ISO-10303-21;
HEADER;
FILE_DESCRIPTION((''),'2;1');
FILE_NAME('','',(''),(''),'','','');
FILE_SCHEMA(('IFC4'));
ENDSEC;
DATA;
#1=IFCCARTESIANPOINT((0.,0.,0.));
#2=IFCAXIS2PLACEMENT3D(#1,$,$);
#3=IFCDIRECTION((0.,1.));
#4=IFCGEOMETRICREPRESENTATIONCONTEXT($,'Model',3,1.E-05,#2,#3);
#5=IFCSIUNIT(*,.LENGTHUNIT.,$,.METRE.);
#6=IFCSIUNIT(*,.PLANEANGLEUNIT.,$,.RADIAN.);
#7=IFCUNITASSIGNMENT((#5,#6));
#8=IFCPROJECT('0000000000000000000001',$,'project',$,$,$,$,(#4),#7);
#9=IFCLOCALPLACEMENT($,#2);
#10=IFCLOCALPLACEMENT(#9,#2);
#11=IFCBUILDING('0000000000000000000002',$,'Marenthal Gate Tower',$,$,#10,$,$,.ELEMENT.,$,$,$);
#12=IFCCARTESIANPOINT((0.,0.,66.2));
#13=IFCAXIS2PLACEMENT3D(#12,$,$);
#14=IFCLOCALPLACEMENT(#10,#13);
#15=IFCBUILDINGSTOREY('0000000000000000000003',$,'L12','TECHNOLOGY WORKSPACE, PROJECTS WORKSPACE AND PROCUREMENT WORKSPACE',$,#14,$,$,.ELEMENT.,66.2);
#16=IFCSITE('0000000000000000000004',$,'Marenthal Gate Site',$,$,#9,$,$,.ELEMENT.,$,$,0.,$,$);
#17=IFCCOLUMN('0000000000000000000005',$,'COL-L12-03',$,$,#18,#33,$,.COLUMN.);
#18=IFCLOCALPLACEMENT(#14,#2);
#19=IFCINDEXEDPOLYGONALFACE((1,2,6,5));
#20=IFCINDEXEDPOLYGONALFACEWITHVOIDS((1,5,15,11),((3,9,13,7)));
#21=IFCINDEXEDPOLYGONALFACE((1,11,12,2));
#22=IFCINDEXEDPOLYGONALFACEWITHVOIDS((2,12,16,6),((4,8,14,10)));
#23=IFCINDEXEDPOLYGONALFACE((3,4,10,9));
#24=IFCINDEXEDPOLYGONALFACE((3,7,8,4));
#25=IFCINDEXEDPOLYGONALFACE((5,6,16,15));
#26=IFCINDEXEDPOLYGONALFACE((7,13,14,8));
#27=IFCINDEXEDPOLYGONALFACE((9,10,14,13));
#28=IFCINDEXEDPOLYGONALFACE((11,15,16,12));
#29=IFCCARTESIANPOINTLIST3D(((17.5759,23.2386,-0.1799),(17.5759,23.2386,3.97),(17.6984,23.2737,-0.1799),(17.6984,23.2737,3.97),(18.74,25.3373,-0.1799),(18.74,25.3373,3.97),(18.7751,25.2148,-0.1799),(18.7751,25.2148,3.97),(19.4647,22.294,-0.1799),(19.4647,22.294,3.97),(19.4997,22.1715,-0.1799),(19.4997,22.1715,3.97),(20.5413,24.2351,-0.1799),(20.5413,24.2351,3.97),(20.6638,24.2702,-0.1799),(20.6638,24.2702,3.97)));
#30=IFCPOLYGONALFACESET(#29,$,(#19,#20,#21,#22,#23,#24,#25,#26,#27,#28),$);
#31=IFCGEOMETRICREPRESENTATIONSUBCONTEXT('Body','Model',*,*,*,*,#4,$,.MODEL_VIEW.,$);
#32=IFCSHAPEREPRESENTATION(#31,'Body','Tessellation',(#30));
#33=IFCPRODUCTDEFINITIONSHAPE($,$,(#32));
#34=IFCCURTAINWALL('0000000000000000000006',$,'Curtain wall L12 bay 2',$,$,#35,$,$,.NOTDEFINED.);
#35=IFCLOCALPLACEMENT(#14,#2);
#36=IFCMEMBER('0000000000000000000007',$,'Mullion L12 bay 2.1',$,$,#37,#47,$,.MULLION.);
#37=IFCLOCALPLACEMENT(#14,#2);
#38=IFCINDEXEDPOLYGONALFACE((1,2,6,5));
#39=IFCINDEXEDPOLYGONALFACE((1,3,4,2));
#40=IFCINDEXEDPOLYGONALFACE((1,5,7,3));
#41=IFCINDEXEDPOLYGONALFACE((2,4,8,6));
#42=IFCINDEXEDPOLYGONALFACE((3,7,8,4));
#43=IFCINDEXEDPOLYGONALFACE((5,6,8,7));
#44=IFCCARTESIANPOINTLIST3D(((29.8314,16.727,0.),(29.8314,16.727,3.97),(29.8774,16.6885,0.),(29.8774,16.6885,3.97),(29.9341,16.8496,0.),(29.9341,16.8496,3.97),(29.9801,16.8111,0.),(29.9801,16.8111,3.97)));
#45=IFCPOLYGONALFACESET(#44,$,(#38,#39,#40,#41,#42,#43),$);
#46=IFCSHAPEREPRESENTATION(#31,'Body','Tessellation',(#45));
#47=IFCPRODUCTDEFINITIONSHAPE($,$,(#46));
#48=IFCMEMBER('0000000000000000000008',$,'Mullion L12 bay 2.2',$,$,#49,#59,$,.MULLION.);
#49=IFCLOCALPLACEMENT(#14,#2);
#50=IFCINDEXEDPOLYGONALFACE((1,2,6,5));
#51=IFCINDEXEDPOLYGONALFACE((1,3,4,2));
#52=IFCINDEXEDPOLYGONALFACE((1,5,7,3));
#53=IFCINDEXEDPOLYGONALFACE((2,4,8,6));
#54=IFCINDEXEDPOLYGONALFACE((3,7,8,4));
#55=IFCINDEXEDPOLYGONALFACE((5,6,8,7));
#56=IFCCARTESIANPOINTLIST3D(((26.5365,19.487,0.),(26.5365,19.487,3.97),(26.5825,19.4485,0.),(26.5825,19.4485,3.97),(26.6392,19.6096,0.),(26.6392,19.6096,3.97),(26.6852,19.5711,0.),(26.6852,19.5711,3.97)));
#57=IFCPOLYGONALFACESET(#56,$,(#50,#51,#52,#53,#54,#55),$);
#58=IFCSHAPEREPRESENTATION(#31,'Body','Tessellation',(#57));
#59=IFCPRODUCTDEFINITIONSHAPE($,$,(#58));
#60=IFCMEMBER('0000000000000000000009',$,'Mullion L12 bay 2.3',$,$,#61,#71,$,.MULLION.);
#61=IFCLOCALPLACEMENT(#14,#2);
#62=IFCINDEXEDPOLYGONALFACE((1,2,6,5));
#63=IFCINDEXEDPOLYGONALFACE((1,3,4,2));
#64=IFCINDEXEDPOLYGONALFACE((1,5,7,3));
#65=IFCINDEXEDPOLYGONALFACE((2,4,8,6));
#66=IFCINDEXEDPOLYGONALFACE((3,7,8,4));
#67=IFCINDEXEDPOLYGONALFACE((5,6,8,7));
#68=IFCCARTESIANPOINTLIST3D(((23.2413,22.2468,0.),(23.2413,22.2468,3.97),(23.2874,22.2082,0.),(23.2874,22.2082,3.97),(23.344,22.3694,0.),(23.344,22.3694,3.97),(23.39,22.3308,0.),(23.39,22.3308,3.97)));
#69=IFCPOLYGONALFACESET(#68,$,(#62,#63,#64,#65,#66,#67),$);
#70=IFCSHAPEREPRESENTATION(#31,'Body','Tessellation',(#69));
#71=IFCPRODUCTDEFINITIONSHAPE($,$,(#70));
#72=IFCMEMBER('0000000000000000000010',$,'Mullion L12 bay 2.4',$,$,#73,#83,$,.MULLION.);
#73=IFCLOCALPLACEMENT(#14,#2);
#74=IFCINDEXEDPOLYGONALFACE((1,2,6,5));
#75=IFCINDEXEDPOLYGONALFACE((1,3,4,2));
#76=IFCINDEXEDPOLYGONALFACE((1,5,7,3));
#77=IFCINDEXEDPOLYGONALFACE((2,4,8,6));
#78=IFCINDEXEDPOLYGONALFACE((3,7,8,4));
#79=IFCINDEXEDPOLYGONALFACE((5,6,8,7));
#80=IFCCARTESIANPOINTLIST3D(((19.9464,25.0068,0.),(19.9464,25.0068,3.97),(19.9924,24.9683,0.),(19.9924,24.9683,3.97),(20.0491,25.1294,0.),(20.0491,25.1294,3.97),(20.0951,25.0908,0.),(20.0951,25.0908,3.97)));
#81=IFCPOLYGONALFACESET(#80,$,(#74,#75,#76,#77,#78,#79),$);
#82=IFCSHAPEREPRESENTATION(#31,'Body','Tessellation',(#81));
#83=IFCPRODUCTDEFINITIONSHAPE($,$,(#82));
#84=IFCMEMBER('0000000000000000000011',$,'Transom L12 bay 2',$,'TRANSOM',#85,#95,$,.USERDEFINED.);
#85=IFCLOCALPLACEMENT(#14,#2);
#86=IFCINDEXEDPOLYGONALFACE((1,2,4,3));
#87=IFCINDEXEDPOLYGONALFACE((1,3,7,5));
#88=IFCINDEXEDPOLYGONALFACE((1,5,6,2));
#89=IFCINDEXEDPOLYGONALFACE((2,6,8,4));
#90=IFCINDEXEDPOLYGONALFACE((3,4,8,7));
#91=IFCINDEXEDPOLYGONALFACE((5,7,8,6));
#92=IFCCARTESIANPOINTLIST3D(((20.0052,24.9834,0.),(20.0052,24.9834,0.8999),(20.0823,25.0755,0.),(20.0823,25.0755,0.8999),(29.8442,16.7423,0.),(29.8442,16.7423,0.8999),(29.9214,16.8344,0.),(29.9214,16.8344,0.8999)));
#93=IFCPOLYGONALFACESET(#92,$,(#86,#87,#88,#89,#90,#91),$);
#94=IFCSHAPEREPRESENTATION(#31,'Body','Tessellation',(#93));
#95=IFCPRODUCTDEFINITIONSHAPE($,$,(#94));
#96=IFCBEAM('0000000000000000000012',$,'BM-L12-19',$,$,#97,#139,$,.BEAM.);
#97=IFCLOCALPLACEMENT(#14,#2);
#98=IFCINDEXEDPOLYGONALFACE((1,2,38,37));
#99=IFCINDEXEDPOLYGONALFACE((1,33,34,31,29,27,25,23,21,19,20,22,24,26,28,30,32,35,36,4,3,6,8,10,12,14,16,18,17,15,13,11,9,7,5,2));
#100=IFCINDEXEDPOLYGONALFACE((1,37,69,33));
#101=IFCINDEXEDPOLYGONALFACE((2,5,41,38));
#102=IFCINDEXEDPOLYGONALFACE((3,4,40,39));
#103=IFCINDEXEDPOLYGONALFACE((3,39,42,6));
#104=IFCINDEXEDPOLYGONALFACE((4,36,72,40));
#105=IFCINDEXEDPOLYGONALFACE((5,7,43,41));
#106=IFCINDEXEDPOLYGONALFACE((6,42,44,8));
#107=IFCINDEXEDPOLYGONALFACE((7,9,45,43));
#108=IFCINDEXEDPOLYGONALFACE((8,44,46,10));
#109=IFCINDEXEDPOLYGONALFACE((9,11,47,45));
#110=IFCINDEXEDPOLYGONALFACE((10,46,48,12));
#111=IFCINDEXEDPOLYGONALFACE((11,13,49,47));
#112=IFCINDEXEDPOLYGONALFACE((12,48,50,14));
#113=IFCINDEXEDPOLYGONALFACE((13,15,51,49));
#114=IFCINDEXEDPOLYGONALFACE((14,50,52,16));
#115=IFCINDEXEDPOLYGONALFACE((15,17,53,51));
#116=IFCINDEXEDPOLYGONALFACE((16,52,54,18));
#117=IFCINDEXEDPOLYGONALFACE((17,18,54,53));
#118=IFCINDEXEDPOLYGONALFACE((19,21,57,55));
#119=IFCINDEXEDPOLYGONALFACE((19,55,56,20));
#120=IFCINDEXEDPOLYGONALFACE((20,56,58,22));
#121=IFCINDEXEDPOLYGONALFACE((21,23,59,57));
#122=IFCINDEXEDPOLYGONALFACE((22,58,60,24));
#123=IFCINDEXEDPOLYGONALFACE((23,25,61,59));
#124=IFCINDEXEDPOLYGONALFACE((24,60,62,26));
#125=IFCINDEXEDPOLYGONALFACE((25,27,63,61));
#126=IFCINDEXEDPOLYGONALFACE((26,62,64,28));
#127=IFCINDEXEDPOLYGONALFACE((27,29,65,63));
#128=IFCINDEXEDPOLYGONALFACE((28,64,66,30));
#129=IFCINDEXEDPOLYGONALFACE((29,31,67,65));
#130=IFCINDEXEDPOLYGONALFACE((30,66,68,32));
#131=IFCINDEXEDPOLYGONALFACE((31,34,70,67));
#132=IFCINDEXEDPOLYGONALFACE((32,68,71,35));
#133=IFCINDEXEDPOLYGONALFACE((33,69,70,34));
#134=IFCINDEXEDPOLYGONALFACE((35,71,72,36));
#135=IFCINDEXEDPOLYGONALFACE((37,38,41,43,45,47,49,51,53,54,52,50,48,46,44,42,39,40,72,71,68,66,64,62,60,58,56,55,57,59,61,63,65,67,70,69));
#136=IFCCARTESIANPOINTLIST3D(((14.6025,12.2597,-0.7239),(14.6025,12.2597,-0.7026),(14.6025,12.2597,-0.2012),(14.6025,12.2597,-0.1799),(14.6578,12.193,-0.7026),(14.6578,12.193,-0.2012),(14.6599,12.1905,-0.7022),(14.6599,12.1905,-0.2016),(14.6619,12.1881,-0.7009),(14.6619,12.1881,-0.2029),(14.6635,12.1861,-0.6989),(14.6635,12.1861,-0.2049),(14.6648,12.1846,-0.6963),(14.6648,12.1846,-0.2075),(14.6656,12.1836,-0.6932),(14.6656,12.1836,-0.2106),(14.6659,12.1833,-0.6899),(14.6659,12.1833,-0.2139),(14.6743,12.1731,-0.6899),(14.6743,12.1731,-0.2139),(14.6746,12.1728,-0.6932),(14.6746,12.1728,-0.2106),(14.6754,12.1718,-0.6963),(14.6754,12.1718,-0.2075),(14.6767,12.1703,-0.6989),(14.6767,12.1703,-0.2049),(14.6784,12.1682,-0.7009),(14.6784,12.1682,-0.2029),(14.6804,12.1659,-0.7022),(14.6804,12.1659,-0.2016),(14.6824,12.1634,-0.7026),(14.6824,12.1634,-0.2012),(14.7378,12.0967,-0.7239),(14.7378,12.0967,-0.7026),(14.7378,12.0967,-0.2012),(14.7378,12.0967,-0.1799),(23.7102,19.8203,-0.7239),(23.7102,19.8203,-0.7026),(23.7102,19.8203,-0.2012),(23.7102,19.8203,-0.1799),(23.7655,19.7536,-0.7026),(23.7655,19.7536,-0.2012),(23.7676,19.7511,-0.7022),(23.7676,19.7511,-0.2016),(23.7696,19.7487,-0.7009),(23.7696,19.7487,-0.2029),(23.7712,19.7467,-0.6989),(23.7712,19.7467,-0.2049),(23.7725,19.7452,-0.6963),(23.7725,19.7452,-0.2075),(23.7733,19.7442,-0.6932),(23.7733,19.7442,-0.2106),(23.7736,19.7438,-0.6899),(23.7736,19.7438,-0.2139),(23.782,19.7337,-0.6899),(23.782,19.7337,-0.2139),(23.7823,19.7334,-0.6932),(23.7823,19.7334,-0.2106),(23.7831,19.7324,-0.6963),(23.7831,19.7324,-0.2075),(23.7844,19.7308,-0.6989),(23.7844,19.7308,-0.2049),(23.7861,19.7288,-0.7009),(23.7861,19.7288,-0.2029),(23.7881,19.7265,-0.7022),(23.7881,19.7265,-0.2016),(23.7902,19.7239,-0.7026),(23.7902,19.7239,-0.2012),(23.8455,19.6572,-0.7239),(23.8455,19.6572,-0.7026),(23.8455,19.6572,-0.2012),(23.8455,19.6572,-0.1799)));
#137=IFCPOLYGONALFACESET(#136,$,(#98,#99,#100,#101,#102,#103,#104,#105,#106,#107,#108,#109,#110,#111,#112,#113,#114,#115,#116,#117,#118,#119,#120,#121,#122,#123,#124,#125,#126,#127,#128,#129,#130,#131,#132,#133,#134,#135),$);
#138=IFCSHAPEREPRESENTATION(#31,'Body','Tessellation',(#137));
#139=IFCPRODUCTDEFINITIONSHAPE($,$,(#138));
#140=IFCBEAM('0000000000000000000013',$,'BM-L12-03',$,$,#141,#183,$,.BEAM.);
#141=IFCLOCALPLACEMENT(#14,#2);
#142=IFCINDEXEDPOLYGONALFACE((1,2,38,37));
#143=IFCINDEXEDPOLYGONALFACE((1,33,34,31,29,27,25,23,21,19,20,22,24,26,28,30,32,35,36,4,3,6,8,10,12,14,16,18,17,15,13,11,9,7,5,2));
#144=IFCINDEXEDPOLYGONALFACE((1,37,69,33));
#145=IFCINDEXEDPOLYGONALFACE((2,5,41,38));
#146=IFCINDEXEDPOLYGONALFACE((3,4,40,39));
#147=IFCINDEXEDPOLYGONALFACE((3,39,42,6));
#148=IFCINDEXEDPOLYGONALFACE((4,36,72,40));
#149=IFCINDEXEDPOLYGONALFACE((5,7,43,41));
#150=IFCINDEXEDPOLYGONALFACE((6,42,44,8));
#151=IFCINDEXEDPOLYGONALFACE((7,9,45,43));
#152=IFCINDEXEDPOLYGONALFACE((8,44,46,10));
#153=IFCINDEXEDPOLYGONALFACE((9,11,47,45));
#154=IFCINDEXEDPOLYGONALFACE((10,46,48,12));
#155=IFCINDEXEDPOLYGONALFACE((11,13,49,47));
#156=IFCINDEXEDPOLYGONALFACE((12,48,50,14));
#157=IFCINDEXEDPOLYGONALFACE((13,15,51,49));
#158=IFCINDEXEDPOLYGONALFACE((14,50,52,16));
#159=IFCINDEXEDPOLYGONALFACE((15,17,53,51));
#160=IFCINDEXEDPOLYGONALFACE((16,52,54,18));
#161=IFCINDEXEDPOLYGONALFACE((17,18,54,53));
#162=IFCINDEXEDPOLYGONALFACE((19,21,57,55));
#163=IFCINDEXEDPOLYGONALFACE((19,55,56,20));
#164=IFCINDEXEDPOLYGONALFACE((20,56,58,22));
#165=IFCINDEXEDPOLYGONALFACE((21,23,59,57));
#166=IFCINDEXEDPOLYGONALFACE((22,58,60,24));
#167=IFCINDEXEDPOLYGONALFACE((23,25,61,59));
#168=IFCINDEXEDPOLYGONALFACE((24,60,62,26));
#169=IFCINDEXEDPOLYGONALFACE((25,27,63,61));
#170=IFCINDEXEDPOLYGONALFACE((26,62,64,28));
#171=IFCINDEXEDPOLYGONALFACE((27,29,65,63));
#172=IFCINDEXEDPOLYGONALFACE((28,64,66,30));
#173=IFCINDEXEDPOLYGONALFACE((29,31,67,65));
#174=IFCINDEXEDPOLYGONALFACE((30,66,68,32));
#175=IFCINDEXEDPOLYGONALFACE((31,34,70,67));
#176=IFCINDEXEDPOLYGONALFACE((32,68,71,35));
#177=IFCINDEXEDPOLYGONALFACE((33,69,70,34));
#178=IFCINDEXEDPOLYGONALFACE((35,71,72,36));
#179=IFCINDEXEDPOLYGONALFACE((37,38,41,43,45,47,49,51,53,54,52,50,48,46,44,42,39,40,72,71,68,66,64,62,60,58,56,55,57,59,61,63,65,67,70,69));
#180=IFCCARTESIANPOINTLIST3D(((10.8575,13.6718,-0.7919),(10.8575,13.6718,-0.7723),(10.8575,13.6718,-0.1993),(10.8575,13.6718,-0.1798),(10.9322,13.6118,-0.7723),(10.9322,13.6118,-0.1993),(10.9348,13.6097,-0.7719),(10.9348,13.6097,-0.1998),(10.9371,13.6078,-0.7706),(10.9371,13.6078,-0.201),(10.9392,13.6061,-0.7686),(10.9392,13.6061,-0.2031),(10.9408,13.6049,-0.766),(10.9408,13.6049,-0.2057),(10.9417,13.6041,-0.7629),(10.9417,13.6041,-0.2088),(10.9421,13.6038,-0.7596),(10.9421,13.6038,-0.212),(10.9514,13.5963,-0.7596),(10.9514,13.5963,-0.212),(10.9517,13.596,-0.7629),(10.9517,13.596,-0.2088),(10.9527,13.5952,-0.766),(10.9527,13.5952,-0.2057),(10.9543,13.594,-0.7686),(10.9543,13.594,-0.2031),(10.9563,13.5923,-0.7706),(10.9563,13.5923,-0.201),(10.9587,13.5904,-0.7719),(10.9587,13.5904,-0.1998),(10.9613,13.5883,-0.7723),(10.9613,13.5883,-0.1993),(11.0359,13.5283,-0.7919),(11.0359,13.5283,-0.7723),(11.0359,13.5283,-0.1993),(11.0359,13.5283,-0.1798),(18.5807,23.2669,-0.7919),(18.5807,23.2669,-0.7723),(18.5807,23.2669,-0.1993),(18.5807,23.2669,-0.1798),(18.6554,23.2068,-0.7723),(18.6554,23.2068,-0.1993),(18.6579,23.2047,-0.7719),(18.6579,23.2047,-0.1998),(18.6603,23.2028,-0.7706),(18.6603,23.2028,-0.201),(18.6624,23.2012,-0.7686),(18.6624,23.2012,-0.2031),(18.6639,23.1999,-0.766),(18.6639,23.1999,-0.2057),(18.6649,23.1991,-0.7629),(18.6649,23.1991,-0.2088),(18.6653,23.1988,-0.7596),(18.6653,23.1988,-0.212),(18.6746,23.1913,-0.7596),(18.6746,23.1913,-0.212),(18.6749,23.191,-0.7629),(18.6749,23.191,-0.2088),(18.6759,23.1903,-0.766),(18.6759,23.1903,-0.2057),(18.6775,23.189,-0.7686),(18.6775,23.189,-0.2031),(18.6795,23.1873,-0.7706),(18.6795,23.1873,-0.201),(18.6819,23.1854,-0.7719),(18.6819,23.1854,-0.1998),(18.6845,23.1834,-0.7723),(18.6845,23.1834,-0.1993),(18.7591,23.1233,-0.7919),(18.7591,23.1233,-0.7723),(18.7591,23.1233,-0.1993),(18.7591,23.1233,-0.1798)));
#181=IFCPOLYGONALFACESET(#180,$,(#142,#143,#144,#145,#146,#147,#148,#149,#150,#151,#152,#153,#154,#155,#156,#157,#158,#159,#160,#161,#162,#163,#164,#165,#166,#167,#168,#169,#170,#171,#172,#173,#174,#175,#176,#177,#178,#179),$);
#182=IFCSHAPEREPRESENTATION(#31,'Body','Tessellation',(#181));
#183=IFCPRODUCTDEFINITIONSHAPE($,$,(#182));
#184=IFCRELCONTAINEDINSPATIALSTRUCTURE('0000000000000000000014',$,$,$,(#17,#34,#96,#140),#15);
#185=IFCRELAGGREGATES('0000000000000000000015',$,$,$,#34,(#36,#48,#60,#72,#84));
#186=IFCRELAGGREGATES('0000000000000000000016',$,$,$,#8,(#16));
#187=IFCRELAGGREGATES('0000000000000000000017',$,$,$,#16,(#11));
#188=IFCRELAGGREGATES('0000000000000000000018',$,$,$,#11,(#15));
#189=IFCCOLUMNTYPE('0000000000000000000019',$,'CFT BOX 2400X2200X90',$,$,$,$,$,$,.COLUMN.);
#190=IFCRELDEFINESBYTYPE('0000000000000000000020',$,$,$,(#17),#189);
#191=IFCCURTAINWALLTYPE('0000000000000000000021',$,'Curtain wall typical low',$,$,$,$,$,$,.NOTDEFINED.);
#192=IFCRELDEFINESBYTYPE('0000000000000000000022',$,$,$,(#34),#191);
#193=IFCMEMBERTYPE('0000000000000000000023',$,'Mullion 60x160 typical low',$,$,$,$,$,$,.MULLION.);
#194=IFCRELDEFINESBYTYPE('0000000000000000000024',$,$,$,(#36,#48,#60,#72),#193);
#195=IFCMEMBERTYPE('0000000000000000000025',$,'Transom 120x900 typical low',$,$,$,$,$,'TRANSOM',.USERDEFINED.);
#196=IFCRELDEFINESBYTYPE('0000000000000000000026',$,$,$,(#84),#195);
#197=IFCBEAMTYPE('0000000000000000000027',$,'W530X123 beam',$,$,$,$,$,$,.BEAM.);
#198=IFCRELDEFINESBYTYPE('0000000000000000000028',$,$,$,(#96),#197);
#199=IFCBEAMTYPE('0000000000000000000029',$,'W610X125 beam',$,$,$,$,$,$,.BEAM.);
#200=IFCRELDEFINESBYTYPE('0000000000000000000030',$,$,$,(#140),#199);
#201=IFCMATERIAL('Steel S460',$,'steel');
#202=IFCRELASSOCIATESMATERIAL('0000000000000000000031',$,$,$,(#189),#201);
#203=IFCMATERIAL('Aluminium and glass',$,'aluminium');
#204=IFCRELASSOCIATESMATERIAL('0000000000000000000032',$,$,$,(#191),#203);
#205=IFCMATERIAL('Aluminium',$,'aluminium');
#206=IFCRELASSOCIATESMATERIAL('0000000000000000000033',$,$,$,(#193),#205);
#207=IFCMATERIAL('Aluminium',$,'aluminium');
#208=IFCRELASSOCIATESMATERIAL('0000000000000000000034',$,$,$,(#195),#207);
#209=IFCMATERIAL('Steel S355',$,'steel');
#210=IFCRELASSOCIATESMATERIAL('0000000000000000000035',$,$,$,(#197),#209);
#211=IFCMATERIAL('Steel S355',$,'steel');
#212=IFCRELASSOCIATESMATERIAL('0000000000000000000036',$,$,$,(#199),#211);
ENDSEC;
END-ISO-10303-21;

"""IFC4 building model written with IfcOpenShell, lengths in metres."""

from ifc_helpers import new_model, si_unit, direction, frame, origin, origin_2d, place, context, subcontext, project, spatial, rectangle, hollow_rectangle, i_section, extrude, material, material_profile, profile_set, type_object, element, aggregate, save


model = new_model("IFC4")

# Units and contexts
model_context = context("Model", 3, precision=1e-05, world=origin(), true_north=direction((0.0, 1.0)))
body_context = subcontext(model_context, "Body", "Model", "MODEL_VIEW")
ifc_project = project(units=[si_unit("LENGTHUNIT", "METRE"), si_unit("PLANEANGLEUNIT", "RADIAN")], contexts=[model_context])

# Site, building, storey
site_placement = place(None, origin())
site = spatial("IfcSite", under=ifc_project, at=site_placement, Name="Marenthal Gate Site", CompositionType="ELEMENT", RefElevation=0.0)
building_placement = place(site_placement, origin())
building = spatial("IfcBuilding", under=site, at=building_placement, Name="Marenthal Gate Tower", CompositionType="ELEMENT")
storey_placement = place(building_placement, frame((0.0, 0.0, 66.2)))
storey = spatial("IfcBuildingStorey", under=building, at=storey_placement, Name="L12", Description="TECHNOLOGY WORKSPACE, PROJECTS WORKSPACE AND PROCUREMENT WORKSPACE", CompositionType="ELEMENT", Elevation=66.2)

# Column
ifc_material_1 = material(Name="Steel S460", Category="steel")
ifc_material_profile_1 = material_profile(ifc_material_1, hollow_rectangle(XDim=2.2, YDim=2.3999, WallThickness=0.0901, at=origin_2d()), Name="CFT BOX 2400X2200X90")
ifc_material_2 = material(Name="Concrete 70 MPa", Category="concrete")
ifc_material_profile_2 = material_profile(ifc_material_2, rectangle(XDim=2.02, YDim=2.22, at=origin_2d()), Name="CFT BOX 2400X2200X90 INFILL")
ifc_profile_set_1 = profile_set([ifc_material_profile_1, ifc_material_profile_2], Name="Steel S460 shell, Concrete 70 MPa infill")
column_type = type_object("IfcColumnType", Name="CFT BOX 2400X2200X90", PredefinedType="COLUMN", material=ifc_profile_set_1)
column_placement = place(storey_placement, frame((19.1199, 23.7544, -0.1799), z_axis=(0.0, 0.0, 1.0), x_axis=(0.874483, -0.485055, 0.0)))
element("IfcColumn", 1, at=column_placement, inside=storey, type_object=column_type, Name="COL-L12-03", PredefinedType="COLUMN", context=body_context, shape_type="SweptSolid", body=[
    extrude(hollow_rectangle(XDim=2.2, YDim=2.3999, WallThickness=0.0901, at=origin_2d()), origin(), (0.0, 0.0, 1.0), 4.1499),
])

# Curtain wall, members
ifc_material_3 = material(Name="Aluminium and glass", Category="aluminium")
curtain_wall_type = type_object("IfcCurtainWallType", Name="Curtain wall typical low", PredefinedType="NOTDEFINED", material=ifc_material_3)
curtain_wall_placement = place(storey_placement, origin())
curtain_wall = element("IfcCurtainWall", 2, at=curtain_wall_placement, inside=storey, type_object=curtain_wall_type, Name="Curtain wall L12 bay 2", PredefinedType="NOTDEFINED")
ifc_material_4 = material(Name="Aluminium", Category="aluminium")
ifc_material_profile_3 = material_profile(ifc_material_4, rectangle(XDim=0.1599, YDim=0.0601, at=origin_2d()), Name="60x160 aluminium mullion")
ifc_profile_set_2 = profile_set([ifc_material_profile_3], Name="Aluminium")
member_type_1 = type_object("IfcMemberType", Name="Mullion 60x160 typical low", PredefinedType="MULLION", material=ifc_profile_set_2)
member_1_placement = place(storey_placement, frame((29.9058, 16.769, 0.0), z_axis=(0.0, 0.0, 1.0), x_axis=(-0.642112, -0.766611, 0.0)))
member_1 = element("IfcMember", 3, at=member_1_placement, type_object=member_type_1, Name="Mullion L12 bay 2.1", PredefinedType="MULLION", context=body_context, shape_type="SweptSolid", body=[
    extrude(rectangle(XDim=0.1599, YDim=0.0601, at=origin_2d()), origin(), (0.0, 0.0, 1.0), 3.97),
])
member_2_placement = place(storey_placement, frame((26.6108, 19.5291, 0.0), z_axis=(0.0, 0.0, 1.0), x_axis=(-0.642112, -0.766611, 0.0)))
member_2 = element("IfcMember", 4, at=member_2_placement, type_object=member_type_1, Name="Mullion L12 bay 2.2", PredefinedType="MULLION", context=body_context, shape_type="SweptSolid", body=[
    extrude(rectangle(XDim=0.1599, YDim=0.0601, at=origin_2d()), origin(), (0.0, 0.0, 1.0), 3.97),
])
member_3_placement = place(storey_placement, frame((23.3157, 22.2888, 0.0), z_axis=(0.0, 0.0, 1.0), x_axis=(-0.642112, -0.766611, 0.0)))
member_3 = element("IfcMember", 5, at=member_3_placement, type_object=member_type_1, Name="Mullion L12 bay 2.3", PredefinedType="MULLION", context=body_context, shape_type="SweptSolid", body=[
    extrude(rectangle(XDim=0.1599, YDim=0.0601, at=origin_2d()), origin(), (0.0, 0.0, 1.0), 3.97),
])
member_4_placement = place(storey_placement, frame((20.0208, 25.0488, 0.0), z_axis=(0.0, 0.0, 1.0), x_axis=(-0.642112, -0.766611, 0.0)))
member_4 = element("IfcMember", 6, at=member_4_placement, type_object=member_type_1, Name="Mullion L12 bay 2.4", PredefinedType="MULLION", context=body_context, shape_type="SweptSolid", body=[
    extrude(rectangle(XDim=0.1599, YDim=0.0601, at=origin_2d()), origin(), (0.0, 0.0, 1.0), 3.97),
])
ifc_material_5 = material(Name="Aluminium", Category="aluminium")
ifc_material_profile_4 = material_profile(ifc_material_5, rectangle(XDim=0.1201, YDim=0.8999, at=origin_2d()), Name="120x900 aluminium transom")
ifc_profile_set_3 = profile_set([ifc_material_profile_4], Name="Aluminium")
member_type_2 = type_object("IfcMemberType", Name="Transom 120x900 typical low", ElementType="TRANSOM", PredefinedType="USERDEFINED", material=ifc_profile_set_3)
member_5_placement = place(storey_placement, frame((29.8828, 16.7883, 0.45), z_axis=(-0.766611, 0.642111, 0.0), x_axis=(-0.642111, -0.766611, 0.0)))
member_5 = element("IfcMember", 7, at=member_5_placement, type_object=member_type_2, Name="Transom L12 bay 2", ObjectType="TRANSOM", PredefinedType="USERDEFINED", context=body_context, shape_type="SweptSolid", body=[
    extrude(rectangle(XDim=0.1201, YDim=0.8999, at=origin_2d()), origin(), (0.0, 0.0, 1.0), 12.8345),
])

# Beams
ifc_material_6 = material(Name="Steel S355", Category="steel")
ifc_material_profile_5 = material_profile(ifc_material_6, i_section(OverallWidth=0.2119, OverallDepth=0.5439, WebThickness=0.0132, FlangeThickness=0.0212, FilletRadius=0.0127, at=origin_2d()), Name="W530X123")
ifc_profile_set_4 = profile_set([ifc_material_profile_5], Name="Steel S355")
beam_type_1 = type_object("IfcBeamType", Name="W530X123 beam", PredefinedType="BEAM", material=ifc_profile_set_4)
beam_1_placement = place(storey_placement, frame((23.7778, 19.7388, -0.4519), z_axis=(-0.769432, -0.638729, 0.0), x_axis=(0.638729, -0.769432, 0.0)))
element("IfcBeam", 8, at=beam_1_placement, inside=storey, type_object=beam_type_1, Name="BM-L12-19", PredefinedType="BEAM", context=body_context, shape_type="SweptSolid", body=[
    extrude(i_section(OverallWidth=0.2119, OverallDepth=0.5439, WebThickness=0.0132, FlangeThickness=0.0212, FilletRadius=0.0127, at=origin_2d()), origin(), (0.0, 0.0, 1.0), 11.8369),
])
ifc_material_7 = material(Name="Steel S355", Category="steel")
ifc_material_profile_6 = material_profile(ifc_material_7, i_section(OverallWidth=0.229, OverallDepth=0.6121, WebThickness=0.012, FlangeThickness=0.0195, FilletRadius=0.0127, at=origin_2d()), Name="W610X125")
ifc_profile_set_5 = profile_set([ifc_material_profile_6], Name="Steel S355")
beam_type_2 = type_object("IfcBeamType", Name="W610X125 beam", PredefinedType="BEAM", material=ifc_profile_set_5)
beam_2_placement = place(storey_placement, frame((18.6699, 23.1951, -0.4858), z_axis=(-0.627027, -0.778997, 0.0), x_axis=(0.778997, -0.627027, 0.0)))
element("IfcBeam", 9, at=beam_2_placement, inside=storey, type_object=beam_type_2, Name="BM-L12-03", PredefinedType="BEAM", context=body_context, shape_type="SweptSolid", body=[
    extrude(i_section(OverallWidth=0.229, OverallDepth=0.6121, WebThickness=0.012, FlangeThickness=0.0195, FilletRadius=0.0127, at=origin_2d()), origin(), (0.0, 0.0, 1.0), 12.3171),
])

aggregate(curtain_wall, [member_1, member_2, member_3, member_4, member_5])

save(model, "model.ifc")
